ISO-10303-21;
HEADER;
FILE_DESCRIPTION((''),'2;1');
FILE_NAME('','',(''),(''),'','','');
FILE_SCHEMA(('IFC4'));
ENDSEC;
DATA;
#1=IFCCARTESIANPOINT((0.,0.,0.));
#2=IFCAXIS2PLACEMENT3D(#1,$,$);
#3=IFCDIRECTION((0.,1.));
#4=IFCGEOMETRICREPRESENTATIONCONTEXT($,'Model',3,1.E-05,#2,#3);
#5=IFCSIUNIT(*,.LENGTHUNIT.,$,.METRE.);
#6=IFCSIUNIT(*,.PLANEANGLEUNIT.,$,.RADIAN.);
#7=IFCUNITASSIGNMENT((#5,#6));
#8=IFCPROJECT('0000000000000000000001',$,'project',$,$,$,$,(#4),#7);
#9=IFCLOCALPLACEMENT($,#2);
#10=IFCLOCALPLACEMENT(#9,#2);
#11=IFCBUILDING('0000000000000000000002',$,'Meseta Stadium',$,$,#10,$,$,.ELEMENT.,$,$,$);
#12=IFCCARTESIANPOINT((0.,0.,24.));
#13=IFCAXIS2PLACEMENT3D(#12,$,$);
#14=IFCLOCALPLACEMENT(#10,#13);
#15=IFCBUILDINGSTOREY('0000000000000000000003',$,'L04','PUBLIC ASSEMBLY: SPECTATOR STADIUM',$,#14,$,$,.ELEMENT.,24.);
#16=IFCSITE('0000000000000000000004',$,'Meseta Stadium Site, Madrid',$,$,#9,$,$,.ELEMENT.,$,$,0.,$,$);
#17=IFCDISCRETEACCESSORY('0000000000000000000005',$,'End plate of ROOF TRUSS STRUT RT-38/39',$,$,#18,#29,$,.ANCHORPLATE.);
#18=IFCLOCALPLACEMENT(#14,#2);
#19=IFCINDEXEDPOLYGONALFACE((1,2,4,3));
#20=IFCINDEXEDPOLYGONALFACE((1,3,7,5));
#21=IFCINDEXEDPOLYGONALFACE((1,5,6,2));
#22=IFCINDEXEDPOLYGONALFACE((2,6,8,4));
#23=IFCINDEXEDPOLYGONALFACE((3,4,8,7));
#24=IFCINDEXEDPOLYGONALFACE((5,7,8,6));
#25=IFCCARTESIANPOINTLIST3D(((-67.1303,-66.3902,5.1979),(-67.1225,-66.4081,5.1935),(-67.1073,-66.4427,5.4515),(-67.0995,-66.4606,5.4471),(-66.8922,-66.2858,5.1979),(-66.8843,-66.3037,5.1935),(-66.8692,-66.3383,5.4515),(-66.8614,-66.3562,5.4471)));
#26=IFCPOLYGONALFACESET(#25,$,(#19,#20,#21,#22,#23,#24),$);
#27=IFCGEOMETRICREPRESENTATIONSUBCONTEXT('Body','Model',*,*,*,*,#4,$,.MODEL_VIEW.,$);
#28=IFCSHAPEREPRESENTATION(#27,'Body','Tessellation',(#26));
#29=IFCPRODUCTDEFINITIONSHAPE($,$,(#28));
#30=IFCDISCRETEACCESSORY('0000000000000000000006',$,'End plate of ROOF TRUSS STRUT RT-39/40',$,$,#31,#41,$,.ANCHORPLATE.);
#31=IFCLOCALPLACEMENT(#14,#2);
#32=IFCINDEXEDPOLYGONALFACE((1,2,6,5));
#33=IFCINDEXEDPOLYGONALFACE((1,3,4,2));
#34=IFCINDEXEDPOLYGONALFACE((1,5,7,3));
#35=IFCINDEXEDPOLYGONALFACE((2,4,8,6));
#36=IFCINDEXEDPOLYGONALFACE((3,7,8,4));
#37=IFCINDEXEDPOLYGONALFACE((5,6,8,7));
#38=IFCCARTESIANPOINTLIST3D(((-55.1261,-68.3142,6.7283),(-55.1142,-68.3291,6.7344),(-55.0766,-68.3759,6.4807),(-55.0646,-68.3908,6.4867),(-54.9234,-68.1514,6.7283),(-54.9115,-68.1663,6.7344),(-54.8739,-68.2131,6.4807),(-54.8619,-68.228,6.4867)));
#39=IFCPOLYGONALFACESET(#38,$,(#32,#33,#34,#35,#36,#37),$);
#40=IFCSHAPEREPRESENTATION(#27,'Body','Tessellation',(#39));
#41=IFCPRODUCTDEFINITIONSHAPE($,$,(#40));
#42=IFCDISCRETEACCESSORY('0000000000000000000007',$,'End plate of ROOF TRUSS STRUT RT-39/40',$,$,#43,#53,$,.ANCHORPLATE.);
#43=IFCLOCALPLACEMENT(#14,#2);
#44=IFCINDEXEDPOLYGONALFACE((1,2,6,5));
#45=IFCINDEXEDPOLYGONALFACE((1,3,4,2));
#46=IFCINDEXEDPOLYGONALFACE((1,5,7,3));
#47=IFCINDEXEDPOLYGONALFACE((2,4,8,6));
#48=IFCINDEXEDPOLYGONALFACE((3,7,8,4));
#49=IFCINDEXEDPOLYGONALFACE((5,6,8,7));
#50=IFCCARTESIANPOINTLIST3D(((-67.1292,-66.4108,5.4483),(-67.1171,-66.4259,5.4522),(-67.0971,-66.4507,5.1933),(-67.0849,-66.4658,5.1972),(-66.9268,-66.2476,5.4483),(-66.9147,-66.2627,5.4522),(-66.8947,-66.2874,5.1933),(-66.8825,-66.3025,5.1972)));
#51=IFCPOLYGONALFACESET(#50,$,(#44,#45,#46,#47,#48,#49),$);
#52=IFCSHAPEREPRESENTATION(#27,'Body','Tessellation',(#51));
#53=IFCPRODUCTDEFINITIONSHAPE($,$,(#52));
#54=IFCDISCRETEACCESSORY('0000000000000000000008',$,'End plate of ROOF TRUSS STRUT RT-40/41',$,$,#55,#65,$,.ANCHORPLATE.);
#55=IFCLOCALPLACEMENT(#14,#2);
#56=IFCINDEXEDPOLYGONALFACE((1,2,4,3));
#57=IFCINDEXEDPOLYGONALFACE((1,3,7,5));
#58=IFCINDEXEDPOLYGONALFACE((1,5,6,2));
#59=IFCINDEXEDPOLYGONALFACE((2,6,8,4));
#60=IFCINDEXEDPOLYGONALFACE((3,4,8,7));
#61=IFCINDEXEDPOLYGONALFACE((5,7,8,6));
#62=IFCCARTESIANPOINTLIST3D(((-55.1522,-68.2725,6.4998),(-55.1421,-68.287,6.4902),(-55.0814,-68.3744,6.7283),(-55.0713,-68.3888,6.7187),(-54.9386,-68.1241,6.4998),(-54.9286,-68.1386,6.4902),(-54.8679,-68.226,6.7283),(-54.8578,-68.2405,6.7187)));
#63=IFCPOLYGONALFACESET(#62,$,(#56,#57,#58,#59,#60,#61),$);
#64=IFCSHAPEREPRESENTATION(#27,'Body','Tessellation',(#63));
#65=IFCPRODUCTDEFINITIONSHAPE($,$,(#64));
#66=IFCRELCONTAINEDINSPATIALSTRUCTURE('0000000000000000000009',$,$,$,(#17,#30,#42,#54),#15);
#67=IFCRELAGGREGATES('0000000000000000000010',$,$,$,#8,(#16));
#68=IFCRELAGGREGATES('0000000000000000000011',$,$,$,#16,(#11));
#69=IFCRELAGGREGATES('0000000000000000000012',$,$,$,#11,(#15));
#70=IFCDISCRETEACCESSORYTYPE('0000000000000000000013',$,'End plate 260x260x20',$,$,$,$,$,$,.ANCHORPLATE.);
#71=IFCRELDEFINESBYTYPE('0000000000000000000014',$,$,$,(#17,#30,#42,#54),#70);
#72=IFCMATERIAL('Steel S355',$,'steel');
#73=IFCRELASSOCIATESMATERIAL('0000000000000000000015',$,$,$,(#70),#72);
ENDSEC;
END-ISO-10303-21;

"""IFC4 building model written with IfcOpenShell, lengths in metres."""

from ifc_helpers import new_model, si_unit, direction, frame, origin, origin_2d, place, context, subcontext, project, spatial, rectangle, extrude, material, material_profile, profile_set, type_object, element, save


model = new_model("IFC4")

# Units and contexts
model_context = context("Model", 3, precision=1e-05, world=origin(), true_north=direction((0.0, 1.0)))
body_context = subcontext(model_context, "Body", "Model", "MODEL_VIEW")
ifc_project = project(units=[si_unit("LENGTHUNIT", "METRE"), si_unit("PLANEANGLEUNIT", "RADIAN")], contexts=[model_context])

# Site, building, storey
site_placement = place(None, origin())
site = spatial("IfcSite", under=ifc_project, at=site_placement, Name="Meseta Stadium Site, Madrid", CompositionType="ELEMENT", RefElevation=0.0)
building_placement = place(site_placement, origin())
building = spatial("IfcBuilding", under=site, at=building_placement, Name="Meseta Stadium", CompositionType="ELEMENT")
storey_placement = place(building_placement, frame((0.0, 0.0, 24.0)))
storey = spatial("IfcBuildingStorey", under=building, at=storey_placement, Name="L04", Description="PUBLIC ASSEMBLY: SPECTATOR STADIUM", CompositionType="ELEMENT", Elevation=24.0)

# Discrete accessories
ifc_material_1 = material(Name="Steel S355", Category="steel")
ifc_material_profile_1 = material_profile(ifc_material_1, rectangle(XDim=0.26, YDim=0.26, at=origin_2d()), Name="PL 260x260")
ifc_profile_set_1 = profile_set([ifc_material_profile_1], Name="Steel S355")
discrete_accessory_type_1 = type_object("IfcDiscreteAccessoryType", Name="End plate 260x260x20", PredefinedType="ANCHORPLATE", material=ifc_profile_set_1)
for number, where, z_axis, x_axis, name in (
    (1, (-66.9998, -66.3643, 5.3247), (0.391615, -0.893372, -0.220283), (0.915869, 0.401477, 0.0), "End plate of ROOF TRUSS STRUT RT-38/39"),
    (2, (-55.0, -68.2637, 6.6045), (0.596542, -0.742633, 0.304358), (0.77962, 0.626252, 0.0), "End plate of ROOF TRUSS STRUT RT-39/40"),
):
    element("IfcDiscreteAccessory", number, at=place(storey_placement, frame(where, z_axis=z_axis, x_axis=x_axis)), inside=storey, type_object=discrete_accessory_type_1, Name=name, PredefinedType="ANCHORPLATE", context=body_context, shape_type="SweptSolid", body=[
        extrude(rectangle(XDim=0.26, YDim=0.26, at=origin_2d()), origin(), (0.0, 0.0, 1.0), 0.02),
    ])
discrete_accessory_1_placement = place(storey_placement, frame((-67.012, -66.3491, 5.3208), z_axis=(0.615457, -0.763167, 0.196946), x_axis=(0.778413, 0.627752, 0.0)))
element("IfcDiscreteAccessory", 3, at=discrete_accessory_1_placement, inside=storey, type_object=discrete_accessory_type_1, Name="End plate of ROOF TRUSS STRUT RT-39/40", PredefinedType="ANCHORPLATE", context=body_context, shape_type="SweptSolid", body=[
    extrude(rectangle(XDim=0.26, YDim=0.26, at=origin_2d()), origin(), (0.0, 0.0, 1.0), 0.0198),
])
discrete_accessory_2_placement = place(storey_placement, frame((-55.01, -68.2493, 6.614), z_axis=(0.501531, -0.721716, -0.477066), x_axis=(0.821189, 0.570657, 0.0)))
element("IfcDiscreteAccessory", 4, at=discrete_accessory_2_placement, inside=storey, type_object=discrete_accessory_type_1, Name="End plate of ROOF TRUSS STRUT RT-40/41", PredefinedType="ANCHORPLATE", context=body_context, shape_type="SweptSolid", body=[
    extrude(rectangle(XDim=0.26, YDim=0.26, at=origin_2d()), origin(), (0.0, 0.0, 1.0), 0.02),
])

save(model, "model.ifc")
